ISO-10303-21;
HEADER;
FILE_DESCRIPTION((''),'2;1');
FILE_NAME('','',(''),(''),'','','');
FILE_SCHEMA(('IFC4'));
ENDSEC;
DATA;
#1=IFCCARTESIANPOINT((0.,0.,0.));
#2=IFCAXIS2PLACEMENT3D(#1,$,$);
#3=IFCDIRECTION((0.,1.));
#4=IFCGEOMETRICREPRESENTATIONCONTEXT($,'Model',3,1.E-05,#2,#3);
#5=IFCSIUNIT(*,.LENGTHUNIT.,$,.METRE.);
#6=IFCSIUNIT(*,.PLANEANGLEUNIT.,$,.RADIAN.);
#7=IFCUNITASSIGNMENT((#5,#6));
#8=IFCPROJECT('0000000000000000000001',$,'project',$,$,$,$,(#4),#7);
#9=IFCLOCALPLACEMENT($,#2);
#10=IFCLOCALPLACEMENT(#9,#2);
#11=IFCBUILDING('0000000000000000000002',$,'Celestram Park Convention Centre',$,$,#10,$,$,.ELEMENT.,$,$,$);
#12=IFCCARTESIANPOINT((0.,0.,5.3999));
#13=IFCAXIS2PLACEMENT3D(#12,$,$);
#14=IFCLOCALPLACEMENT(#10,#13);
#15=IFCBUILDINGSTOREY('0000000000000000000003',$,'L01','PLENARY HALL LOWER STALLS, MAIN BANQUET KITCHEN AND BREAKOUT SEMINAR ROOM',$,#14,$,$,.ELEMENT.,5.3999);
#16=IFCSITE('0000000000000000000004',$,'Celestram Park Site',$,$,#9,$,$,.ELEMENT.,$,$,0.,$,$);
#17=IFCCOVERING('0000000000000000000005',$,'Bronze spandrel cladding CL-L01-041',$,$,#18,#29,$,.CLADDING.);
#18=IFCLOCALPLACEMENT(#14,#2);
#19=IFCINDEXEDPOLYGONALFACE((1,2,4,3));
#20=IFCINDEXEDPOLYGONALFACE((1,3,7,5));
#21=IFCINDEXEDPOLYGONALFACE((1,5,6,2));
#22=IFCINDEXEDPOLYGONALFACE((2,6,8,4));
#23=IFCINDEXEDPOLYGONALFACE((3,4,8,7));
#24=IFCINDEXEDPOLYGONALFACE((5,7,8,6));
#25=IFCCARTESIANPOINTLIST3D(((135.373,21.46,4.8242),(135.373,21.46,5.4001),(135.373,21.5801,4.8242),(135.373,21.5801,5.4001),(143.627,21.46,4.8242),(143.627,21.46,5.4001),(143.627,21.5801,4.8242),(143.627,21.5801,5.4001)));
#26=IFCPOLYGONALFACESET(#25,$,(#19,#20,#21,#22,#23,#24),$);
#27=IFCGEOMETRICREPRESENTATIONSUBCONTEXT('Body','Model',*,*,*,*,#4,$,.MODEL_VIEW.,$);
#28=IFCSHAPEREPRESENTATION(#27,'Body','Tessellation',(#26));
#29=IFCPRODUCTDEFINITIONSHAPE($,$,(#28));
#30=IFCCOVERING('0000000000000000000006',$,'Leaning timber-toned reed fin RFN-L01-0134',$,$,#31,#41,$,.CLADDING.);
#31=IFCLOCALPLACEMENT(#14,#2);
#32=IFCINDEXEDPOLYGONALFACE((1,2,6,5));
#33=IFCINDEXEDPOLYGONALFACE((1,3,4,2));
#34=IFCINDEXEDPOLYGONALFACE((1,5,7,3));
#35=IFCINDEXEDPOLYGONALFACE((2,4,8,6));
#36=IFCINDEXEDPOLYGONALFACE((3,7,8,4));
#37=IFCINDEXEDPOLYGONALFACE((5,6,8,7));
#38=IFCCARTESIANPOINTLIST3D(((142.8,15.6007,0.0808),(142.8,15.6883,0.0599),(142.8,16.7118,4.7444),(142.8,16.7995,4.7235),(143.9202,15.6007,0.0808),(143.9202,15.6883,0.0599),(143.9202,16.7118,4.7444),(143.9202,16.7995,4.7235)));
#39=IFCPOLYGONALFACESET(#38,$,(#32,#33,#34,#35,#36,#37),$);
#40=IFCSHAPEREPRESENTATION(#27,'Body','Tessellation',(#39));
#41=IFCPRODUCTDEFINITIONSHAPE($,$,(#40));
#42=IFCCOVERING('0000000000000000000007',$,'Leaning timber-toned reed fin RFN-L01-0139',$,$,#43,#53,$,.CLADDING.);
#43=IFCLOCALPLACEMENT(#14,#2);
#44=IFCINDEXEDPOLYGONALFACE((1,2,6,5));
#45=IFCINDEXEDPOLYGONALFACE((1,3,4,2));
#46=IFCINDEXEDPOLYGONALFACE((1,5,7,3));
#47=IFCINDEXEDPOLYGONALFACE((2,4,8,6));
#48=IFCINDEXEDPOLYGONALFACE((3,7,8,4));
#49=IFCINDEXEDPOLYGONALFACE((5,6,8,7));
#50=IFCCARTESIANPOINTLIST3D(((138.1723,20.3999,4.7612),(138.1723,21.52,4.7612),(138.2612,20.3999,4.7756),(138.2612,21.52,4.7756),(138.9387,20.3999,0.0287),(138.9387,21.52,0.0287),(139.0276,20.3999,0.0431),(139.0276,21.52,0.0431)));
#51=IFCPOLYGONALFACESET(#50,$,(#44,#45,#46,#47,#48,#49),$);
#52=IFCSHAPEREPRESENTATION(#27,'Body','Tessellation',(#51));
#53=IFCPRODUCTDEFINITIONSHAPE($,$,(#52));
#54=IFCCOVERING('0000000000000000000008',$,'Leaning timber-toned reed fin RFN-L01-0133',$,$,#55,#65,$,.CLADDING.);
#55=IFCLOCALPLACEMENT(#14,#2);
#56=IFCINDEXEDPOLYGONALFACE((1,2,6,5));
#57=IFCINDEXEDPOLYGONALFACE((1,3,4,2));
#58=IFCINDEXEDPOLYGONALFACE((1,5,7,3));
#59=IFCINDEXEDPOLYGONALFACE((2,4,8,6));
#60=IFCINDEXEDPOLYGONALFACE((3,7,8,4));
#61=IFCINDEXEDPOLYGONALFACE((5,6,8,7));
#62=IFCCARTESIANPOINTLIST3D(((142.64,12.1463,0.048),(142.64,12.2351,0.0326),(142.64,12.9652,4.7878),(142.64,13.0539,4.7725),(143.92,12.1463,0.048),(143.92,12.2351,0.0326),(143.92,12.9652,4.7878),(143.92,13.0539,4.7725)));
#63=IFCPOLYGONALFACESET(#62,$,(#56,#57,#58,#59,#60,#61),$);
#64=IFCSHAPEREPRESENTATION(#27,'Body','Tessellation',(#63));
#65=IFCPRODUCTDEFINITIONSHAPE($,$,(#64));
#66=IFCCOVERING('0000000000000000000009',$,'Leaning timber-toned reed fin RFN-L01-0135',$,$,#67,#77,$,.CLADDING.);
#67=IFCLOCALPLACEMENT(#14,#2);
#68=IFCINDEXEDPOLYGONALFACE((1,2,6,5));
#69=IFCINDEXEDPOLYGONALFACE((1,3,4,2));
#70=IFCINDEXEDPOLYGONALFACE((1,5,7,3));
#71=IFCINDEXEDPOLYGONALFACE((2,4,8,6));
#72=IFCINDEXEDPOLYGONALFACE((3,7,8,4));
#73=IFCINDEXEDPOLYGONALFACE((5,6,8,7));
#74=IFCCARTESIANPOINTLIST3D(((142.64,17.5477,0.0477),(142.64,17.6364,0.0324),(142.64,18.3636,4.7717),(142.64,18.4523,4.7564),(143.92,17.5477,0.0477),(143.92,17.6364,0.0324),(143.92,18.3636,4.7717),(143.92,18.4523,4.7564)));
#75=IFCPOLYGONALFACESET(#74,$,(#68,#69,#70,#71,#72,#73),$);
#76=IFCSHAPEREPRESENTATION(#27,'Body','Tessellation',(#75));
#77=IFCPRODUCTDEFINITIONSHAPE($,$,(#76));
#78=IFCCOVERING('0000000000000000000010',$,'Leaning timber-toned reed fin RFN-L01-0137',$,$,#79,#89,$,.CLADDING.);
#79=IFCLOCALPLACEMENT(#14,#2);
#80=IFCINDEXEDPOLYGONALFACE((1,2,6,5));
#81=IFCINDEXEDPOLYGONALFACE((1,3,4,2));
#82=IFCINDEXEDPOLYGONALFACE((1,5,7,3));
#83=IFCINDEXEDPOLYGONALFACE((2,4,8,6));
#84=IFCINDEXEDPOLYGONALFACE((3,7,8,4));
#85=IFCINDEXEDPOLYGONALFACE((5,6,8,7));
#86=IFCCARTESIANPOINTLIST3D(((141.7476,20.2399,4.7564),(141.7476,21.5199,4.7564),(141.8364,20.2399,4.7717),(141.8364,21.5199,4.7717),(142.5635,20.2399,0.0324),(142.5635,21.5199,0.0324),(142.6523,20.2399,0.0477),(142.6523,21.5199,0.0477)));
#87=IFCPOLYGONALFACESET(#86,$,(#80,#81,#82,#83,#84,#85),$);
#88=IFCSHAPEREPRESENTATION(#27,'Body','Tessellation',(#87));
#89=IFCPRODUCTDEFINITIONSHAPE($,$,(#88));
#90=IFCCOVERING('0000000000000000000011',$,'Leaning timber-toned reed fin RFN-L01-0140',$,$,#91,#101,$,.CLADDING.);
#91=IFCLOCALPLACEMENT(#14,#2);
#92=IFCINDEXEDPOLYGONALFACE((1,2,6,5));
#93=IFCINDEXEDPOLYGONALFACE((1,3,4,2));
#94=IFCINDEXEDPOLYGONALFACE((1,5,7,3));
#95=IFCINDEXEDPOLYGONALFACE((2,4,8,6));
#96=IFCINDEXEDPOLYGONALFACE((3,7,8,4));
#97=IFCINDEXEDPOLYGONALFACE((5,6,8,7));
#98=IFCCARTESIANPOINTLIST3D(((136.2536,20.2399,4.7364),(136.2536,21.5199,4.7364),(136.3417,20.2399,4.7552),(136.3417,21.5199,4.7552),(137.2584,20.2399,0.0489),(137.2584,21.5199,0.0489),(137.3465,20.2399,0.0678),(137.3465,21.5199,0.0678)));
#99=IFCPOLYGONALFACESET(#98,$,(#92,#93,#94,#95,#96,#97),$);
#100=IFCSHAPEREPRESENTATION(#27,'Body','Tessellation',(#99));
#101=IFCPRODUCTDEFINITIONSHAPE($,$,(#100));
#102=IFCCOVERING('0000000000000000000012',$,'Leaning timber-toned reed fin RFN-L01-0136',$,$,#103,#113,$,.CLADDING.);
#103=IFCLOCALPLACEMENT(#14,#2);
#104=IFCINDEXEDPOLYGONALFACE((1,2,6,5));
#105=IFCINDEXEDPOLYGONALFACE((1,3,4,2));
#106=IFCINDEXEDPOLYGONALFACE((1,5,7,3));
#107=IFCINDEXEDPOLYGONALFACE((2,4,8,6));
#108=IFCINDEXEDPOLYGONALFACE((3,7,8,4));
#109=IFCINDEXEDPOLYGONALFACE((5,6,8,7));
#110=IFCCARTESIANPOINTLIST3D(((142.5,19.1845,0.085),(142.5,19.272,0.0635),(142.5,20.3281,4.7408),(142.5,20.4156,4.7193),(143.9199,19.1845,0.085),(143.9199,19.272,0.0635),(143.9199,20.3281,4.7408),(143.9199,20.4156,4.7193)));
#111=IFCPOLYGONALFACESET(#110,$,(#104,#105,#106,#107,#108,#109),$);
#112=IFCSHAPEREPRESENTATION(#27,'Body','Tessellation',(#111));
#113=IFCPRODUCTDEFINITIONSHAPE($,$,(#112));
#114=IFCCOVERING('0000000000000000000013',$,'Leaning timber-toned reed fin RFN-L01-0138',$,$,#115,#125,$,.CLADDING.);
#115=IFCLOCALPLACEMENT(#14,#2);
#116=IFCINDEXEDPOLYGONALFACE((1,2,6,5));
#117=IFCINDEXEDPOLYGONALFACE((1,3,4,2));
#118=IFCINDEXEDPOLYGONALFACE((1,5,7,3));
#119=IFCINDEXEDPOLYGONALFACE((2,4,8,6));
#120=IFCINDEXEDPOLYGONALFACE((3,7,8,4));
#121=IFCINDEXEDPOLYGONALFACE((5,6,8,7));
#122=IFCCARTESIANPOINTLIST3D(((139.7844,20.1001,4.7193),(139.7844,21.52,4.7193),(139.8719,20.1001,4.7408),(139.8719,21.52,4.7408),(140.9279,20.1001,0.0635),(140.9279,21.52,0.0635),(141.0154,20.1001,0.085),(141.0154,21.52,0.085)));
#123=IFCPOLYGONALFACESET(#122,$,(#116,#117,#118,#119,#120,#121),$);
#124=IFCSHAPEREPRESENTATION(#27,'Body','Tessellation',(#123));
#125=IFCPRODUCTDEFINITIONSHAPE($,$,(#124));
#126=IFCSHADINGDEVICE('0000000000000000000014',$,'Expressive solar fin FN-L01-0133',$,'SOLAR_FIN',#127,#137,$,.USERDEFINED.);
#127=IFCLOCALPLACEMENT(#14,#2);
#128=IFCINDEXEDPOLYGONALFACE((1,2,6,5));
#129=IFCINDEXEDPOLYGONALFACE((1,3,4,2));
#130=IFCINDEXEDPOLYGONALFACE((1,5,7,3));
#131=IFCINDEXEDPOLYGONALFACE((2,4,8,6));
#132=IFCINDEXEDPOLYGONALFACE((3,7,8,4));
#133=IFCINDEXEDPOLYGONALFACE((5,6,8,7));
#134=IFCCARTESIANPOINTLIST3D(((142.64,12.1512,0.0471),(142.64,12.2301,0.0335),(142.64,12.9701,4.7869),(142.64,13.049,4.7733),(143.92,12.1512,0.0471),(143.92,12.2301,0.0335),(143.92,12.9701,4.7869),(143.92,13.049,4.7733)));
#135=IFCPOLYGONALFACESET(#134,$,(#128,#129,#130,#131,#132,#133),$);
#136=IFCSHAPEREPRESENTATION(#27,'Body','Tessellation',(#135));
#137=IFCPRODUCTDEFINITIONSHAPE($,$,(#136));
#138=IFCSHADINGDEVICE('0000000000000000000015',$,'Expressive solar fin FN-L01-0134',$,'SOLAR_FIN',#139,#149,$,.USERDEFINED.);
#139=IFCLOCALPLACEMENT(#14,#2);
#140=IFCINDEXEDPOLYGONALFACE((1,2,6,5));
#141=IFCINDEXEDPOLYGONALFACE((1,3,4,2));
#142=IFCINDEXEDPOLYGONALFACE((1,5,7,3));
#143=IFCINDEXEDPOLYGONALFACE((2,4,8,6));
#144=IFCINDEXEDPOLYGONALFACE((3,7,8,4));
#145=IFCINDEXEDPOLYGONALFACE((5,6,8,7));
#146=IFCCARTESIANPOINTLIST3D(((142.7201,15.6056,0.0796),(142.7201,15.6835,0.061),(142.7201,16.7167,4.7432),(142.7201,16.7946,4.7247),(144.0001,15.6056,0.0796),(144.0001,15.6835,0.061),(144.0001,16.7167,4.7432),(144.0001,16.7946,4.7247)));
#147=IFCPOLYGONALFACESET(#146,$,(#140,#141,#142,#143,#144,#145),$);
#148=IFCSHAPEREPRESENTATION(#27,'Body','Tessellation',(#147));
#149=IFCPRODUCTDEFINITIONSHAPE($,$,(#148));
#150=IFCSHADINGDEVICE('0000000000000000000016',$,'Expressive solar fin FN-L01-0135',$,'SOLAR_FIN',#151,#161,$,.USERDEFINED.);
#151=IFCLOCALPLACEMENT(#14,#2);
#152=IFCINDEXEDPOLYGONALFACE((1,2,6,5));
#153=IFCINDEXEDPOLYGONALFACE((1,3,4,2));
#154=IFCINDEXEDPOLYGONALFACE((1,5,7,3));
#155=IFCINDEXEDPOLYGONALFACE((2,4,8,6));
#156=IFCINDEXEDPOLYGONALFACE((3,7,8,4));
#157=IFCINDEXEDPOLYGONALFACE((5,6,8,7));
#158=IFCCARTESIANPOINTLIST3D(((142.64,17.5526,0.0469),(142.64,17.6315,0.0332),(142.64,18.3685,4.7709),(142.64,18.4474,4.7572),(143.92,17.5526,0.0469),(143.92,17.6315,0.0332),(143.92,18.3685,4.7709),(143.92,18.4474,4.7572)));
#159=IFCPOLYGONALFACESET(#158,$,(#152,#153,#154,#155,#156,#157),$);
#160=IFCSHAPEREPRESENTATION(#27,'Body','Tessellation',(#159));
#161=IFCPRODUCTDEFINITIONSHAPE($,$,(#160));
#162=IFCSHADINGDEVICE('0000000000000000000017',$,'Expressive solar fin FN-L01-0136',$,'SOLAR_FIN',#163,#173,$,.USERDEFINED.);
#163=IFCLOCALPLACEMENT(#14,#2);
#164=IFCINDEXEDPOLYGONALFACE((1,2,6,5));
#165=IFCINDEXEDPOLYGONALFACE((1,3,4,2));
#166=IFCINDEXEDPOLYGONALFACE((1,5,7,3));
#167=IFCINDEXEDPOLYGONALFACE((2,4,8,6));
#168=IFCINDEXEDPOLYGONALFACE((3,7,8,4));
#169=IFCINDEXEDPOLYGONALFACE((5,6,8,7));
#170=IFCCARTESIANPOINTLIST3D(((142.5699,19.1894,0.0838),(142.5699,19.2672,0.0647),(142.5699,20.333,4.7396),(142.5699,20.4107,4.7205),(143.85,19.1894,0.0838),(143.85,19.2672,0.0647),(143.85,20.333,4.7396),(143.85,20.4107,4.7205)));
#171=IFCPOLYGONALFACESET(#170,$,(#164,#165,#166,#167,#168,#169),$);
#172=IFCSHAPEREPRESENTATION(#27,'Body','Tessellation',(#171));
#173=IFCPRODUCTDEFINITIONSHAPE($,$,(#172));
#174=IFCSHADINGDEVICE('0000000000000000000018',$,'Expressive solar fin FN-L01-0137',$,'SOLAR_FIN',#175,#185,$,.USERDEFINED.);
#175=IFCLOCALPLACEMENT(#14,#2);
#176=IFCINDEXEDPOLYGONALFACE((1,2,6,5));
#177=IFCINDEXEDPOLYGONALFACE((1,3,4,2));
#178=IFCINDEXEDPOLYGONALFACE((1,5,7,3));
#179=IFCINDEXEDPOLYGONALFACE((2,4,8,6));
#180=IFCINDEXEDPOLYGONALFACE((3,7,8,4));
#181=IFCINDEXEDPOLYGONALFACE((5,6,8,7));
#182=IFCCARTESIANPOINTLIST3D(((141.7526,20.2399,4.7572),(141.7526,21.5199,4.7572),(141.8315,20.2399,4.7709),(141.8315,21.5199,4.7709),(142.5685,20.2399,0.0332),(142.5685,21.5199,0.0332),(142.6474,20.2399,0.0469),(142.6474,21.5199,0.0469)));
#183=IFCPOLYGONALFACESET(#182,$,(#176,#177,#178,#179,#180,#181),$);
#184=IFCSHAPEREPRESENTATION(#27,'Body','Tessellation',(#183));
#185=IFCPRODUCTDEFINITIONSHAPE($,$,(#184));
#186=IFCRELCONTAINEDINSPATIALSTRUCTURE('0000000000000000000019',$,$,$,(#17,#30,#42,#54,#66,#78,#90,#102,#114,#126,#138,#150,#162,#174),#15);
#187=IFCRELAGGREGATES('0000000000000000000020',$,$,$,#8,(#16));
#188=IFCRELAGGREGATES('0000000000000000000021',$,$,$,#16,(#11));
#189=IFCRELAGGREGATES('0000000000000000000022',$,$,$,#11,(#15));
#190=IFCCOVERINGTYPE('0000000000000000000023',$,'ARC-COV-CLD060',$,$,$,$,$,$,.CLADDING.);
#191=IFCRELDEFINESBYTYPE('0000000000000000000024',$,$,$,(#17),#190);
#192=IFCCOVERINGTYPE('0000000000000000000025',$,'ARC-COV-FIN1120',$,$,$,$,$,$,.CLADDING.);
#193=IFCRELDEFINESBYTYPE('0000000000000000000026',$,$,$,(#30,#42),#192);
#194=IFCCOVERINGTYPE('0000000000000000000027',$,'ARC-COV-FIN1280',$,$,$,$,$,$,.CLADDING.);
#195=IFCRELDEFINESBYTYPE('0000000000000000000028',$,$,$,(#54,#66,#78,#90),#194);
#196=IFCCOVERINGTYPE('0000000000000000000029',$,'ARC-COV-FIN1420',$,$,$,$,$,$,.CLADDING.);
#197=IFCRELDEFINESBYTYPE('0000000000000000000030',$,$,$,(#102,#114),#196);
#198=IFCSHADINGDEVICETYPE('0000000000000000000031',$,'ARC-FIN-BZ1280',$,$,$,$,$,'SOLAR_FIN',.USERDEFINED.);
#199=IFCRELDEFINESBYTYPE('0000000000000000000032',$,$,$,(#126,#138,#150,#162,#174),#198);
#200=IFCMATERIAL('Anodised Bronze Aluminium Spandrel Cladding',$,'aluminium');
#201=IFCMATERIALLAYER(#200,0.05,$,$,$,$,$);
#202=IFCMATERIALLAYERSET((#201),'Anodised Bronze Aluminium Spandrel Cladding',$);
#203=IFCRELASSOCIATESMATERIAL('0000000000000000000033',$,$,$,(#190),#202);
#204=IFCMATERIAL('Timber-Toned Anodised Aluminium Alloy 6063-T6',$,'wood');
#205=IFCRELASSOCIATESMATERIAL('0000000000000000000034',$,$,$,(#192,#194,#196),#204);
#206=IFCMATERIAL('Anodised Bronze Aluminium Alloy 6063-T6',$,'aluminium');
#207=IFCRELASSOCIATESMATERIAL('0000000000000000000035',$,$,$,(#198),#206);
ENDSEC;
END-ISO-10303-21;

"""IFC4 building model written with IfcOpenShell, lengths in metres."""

from ifc_helpers import new_model, si_unit, direction, frame, origin, origin_2d, place, context, subcontext, project, spatial, rectangle, extrude, material, layer, layer_set, material_profile, profile_set, type_object, element, save


model = new_model("IFC4")

# Units and contexts
model_context = context("Model", 3, precision=1e-05, world=origin(), true_north=direction((0.0, 1.0)))
body_context = subcontext(model_context, "Body", "Model", "MODEL_VIEW")
ifc_project = project(units=[si_unit("LENGTHUNIT", "METRE"), si_unit("PLANEANGLEUNIT", "RADIAN")], contexts=[model_context])

# Site, building, storey
site_placement = place(None, origin())
site = spatial("IfcSite", under=ifc_project, at=site_placement, Name="Celestram Park Site", CompositionType="ELEMENT", RefElevation=0.0)
building_placement = place(site_placement, origin())
building = spatial("IfcBuilding", under=site, at=building_placement, Name="Celestram Park Convention Centre", CompositionType="ELEMENT")
storey_placement = place(building_placement, frame((0.0, 0.0, 5.3999)))
storey = spatial("IfcBuildingStorey", under=building, at=storey_placement, Name="L01", Description="PLENARY HALL LOWER STALLS, MAIN BANQUET KITCHEN AND BREAKOUT SEMINAR ROOM", CompositionType="ELEMENT", Elevation=5.3999)

# Coverings
ifc_material_1 = material(Name="Anodised Bronze Aluminium Spandrel Cladding", Category="aluminium")
ifc_layer_1 = layer(ifc_material_1, 0.05)
ifc_layer_set_1 = layer_set([ifc_layer_1], Name="Anodised Bronze Aluminium Spandrel Cladding")
covering_type_1 = type_object("IfcCoveringType", Name="ARC-COV-CLD060", PredefinedType="CLADDING", material=ifc_layer_set_1)
covering_1_placement = place(storey_placement, frame((139.5, 21.52, 4.8242), z_axis=(0.0, 0.0, 1.0), x_axis=(-1.0, 0.0, 0.0)))
element("IfcCovering", 1, at=covering_1_placement, inside=storey, type_object=covering_type_1, Name="Bronze spandrel cladding CL-L01-041", PredefinedType="CLADDING", context=body_context, shape_type="SweptSolid", body=[
    extrude(rectangle(XDim=8.2539, YDim=0.1201, at=origin_2d()), origin(), (0.0, 0.0, 1.0), 0.5759),
])
ifc_material_2 = material(Name="Timber-Toned Anodised Aluminium Alloy 6063-T6", Category="wood")
ifc_material_profile_1 = material_profile(ifc_material_2, rectangle(XDim=1.1201, YDim=0.0901, at=origin_2d()), Name="REED1120X90")
ifc_profile_set_1 = profile_set([ifc_material_profile_1], Name="Timber-Toned Anodised Aluminium Alloy 6063-T6")
covering_type_2 = type_object("IfcCoveringType", Name="ARC-COV-FIN1120", PredefinedType="CLADDING", material=ifc_profile_set_1)
for number, where, z_axis, x_axis, name in (
    (2, (143.3601, 15.6445, 0.0703), (0.0, 0.231761, 0.972773), (-1.0, 0.0, 0.0), "Leaning timber-toned reed fin RFN-L01-0134"),
    (3, (138.9832, 20.96, 0.0359), (-0.159855, 0.0, 0.98714), (0.0, -1.0, 0.0), "Leaning timber-toned reed fin RFN-L01-0139"),
):
    element("IfcCovering", number, at=place(storey_placement, frame(where, z_axis=z_axis, x_axis=x_axis)), inside=storey, type_object=covering_type_2, Name=name, PredefinedType="CLADDING", context=body_context, shape_type="SweptSolid", body=[
        extrude(rectangle(XDim=1.1201, YDim=0.0901, at=origin_2d()), origin(), (0.0, 0.0, 1.0), 4.7942),
    ])
ifc_material_profile_2 = material_profile(ifc_material_2, rectangle(XDim=1.28, YDim=0.0901, at=origin_2d()), Name="REED1280X90")
ifc_profile_set_2 = profile_set([ifc_material_profile_2], Name="Timber-Toned Anodised Aluminium Alloy 6063-T6")
covering_type_3 = type_object("IfcCoveringType", Name="ARC-COV-FIN1280", PredefinedType="CLADDING", material=ifc_profile_set_2)
covering_2_placement = place(storey_placement, frame((143.28, 12.1907, 0.0403), z_axis=(0.0, 0.17024, 0.985403), x_axis=(-1.0, 0.0, 0.0)))
element("IfcCovering", 4, at=covering_2_placement, inside=storey, type_object=covering_type_3, Name="Leaning timber-toned reed fin RFN-L01-0133", PredefinedType="CLADDING", context=body_context, shape_type="SweptSolid", body=[
    extrude(rectangle(XDim=1.28, YDim=0.0901, at=origin_2d()), origin(), (0.0, 0.0, 1.0), 4.8101),
])
for number, where, z_axis, x_axis, name in (
    (5, (143.28, 17.592, 0.04), (0.0, 0.170193, 0.985411), (-1.0, 0.0, 0.0), "Leaning timber-toned reed fin RFN-L01-0135"),
    (6, (142.6079, 20.8799, 0.04), (-0.170193, 0.0, 0.985411), (0.0, -1.0, 0.0), "Leaning timber-toned reed fin RFN-L01-0137"),
    (7, (137.3025, 20.8799, 0.0583), (-0.209613, 0.0, 0.977785), (0.0, -1.0, 0.0), "Leaning timber-toned reed fin RFN-L01-0140"),
):
    element("IfcCovering", number, at=place(storey_placement, frame(where, z_axis=z_axis, x_axis=x_axis)), inside=storey, type_object=covering_type_3, Name=name, PredefinedType="CLADDING", context=body_context, shape_type="SweptSolid", body=[
        extrude(rectangle(XDim=1.28, YDim=0.0901, at=origin_2d()), origin(), (0.0, 0.0, 1.0), 4.7939),
    ])
ifc_material_profile_3 = material_profile(ifc_material_2, rectangle(XDim=1.4199, YDim=0.0901, at=origin_2d()), Name="REED1420X90")
ifc_profile_set_3 = profile_set([ifc_material_profile_3], Name="Timber-Toned Anodised Aluminium Alloy 6063-T6")
covering_type_4 = type_object("IfcCoveringType", Name="ARC-COV-FIN1420", PredefinedType="CLADDING", material=ifc_profile_set_3)
for number, where, z_axis, x_axis, name in (
    (8, (143.21, 19.2283, 0.0742), (0.0, 0.238531, 0.971135), (-1.0, 0.0, 0.0), "Leaning timber-toned reed fin RFN-L01-0136"),
    (9, (140.9717, 20.8101, 0.0742), (-0.238531, 0.0, 0.971135), (0.0, -1.0, 0.0), "Leaning timber-toned reed fin RFN-L01-0138"),
):
    element("IfcCovering", number, at=place(storey_placement, frame(where, z_axis=z_axis, x_axis=x_axis)), inside=storey, type_object=covering_type_4, Name=name, PredefinedType="CLADDING", context=body_context, shape_type="SweptSolid", body=[
        extrude(rectangle(XDim=1.4199, YDim=0.0901, at=origin_2d()), origin(), (0.0, 0.0, 1.0), 4.7942),
    ])

# Shading devices
ifc_material_3 = material(Name="Anodised Bronze Aluminium Alloy 6063-T6", Category="aluminium")
ifc_material_profile_4 = material_profile(ifc_material_3, rectangle(XDim=1.28, YDim=0.0801, at=origin_2d()), Name="FIN1280X80")
ifc_profile_set_4 = profile_set([ifc_material_profile_4], Name="Anodised Bronze Aluminium Alloy 6063-T6")
shading_device_type = type_object("IfcShadingDeviceType", Name="ARC-FIN-BZ1280", ElementType="SOLAR_FIN", PredefinedType="USERDEFINED", material=ifc_profile_set_4)
shading_device_1_placement = place(storey_placement, frame((143.28, 12.1907, 0.0403), z_axis=(0.0, 0.17024, 0.985403), x_axis=(-1.0, 0.0, 0.0)))
element("IfcShadingDevice", 10, at=shading_device_1_placement, inside=storey, type_object=shading_device_type, Name="Expressive solar fin FN-L01-0133", ObjectType="SOLAR_FIN", PredefinedType="USERDEFINED", context=body_context, shape_type="SweptSolid", body=[
    extrude(rectangle(XDim=1.28, YDim=0.0801, at=origin_2d()), origin(), (0.0, 0.0, 1.0), 4.8101),
])
shading_device_2_placement = place(storey_placement, frame((143.3601, 15.6445, 0.0703), z_axis=(0.0, 0.231761, 0.972773), x_axis=(-1.0, 0.0, 0.0)))
element("IfcShadingDevice", 11, at=shading_device_2_placement, inside=storey, type_object=shading_device_type, Name="Expressive solar fin FN-L01-0134", ObjectType="SOLAR_FIN", PredefinedType="USERDEFINED", context=body_context, shape_type="SweptSolid", body=[
    extrude(rectangle(XDim=1.28, YDim=0.0801, at=origin_2d()), origin(), (0.0, 0.0, 1.0), 4.7942),
])
shading_device_3_placement = place(storey_placement, frame((143.28, 17.592, 0.04), z_axis=(0.0, 0.170193, 0.985411), x_axis=(-1.0, 0.0, 0.0)))
element("IfcShadingDevice", 12, at=shading_device_3_placement, inside=storey, type_object=shading_device_type, Name="Expressive solar fin FN-L01-0135", ObjectType="SOLAR_FIN", PredefinedType="USERDEFINED", context=body_context, shape_type="SweptSolid", body=[
    extrude(rectangle(XDim=1.28, YDim=0.0801, at=origin_2d()), origin(), (0.0, 0.0, 1.0), 4.7939),
])
shading_device_4_placement = place(storey_placement, frame((143.21, 19.2283, 0.0742), z_axis=(0.0, 0.238531, 0.971135), x_axis=(-1.0, 0.0, 0.0)))
element("IfcShadingDevice", 13, at=shading_device_4_placement, inside=storey, type_object=shading_device_type, Name="Expressive solar fin FN-L01-0136", ObjectType="SOLAR_FIN", PredefinedType="USERDEFINED", context=body_context, shape_type="SweptSolid", body=[
    extrude(rectangle(XDim=1.28, YDim=0.0801, at=origin_2d()), origin(), (0.0, 0.0, 1.0), 4.7942),
])
shading_device_5_placement = place(storey_placement, frame((142.6079, 20.8799, 0.04), z_axis=(-0.170193, 0.0, 0.985411), x_axis=(0.0, -1.0, 0.0)))
element("IfcShadingDevice", 14, at=shading_device_5_placement, inside=storey, type_object=shading_device_type, Name="Expressive solar fin FN-L01-0137", ObjectType="SOLAR_FIN", PredefinedType="USERDEFINED", context=body_context, shape_type="SweptSolid", body=[
    extrude(rectangle(XDim=1.28, YDim=0.0801, at=origin_2d()), origin(), (0.0, 0.0, 1.0), 4.7939),
])

save(model, "model.ifc")
